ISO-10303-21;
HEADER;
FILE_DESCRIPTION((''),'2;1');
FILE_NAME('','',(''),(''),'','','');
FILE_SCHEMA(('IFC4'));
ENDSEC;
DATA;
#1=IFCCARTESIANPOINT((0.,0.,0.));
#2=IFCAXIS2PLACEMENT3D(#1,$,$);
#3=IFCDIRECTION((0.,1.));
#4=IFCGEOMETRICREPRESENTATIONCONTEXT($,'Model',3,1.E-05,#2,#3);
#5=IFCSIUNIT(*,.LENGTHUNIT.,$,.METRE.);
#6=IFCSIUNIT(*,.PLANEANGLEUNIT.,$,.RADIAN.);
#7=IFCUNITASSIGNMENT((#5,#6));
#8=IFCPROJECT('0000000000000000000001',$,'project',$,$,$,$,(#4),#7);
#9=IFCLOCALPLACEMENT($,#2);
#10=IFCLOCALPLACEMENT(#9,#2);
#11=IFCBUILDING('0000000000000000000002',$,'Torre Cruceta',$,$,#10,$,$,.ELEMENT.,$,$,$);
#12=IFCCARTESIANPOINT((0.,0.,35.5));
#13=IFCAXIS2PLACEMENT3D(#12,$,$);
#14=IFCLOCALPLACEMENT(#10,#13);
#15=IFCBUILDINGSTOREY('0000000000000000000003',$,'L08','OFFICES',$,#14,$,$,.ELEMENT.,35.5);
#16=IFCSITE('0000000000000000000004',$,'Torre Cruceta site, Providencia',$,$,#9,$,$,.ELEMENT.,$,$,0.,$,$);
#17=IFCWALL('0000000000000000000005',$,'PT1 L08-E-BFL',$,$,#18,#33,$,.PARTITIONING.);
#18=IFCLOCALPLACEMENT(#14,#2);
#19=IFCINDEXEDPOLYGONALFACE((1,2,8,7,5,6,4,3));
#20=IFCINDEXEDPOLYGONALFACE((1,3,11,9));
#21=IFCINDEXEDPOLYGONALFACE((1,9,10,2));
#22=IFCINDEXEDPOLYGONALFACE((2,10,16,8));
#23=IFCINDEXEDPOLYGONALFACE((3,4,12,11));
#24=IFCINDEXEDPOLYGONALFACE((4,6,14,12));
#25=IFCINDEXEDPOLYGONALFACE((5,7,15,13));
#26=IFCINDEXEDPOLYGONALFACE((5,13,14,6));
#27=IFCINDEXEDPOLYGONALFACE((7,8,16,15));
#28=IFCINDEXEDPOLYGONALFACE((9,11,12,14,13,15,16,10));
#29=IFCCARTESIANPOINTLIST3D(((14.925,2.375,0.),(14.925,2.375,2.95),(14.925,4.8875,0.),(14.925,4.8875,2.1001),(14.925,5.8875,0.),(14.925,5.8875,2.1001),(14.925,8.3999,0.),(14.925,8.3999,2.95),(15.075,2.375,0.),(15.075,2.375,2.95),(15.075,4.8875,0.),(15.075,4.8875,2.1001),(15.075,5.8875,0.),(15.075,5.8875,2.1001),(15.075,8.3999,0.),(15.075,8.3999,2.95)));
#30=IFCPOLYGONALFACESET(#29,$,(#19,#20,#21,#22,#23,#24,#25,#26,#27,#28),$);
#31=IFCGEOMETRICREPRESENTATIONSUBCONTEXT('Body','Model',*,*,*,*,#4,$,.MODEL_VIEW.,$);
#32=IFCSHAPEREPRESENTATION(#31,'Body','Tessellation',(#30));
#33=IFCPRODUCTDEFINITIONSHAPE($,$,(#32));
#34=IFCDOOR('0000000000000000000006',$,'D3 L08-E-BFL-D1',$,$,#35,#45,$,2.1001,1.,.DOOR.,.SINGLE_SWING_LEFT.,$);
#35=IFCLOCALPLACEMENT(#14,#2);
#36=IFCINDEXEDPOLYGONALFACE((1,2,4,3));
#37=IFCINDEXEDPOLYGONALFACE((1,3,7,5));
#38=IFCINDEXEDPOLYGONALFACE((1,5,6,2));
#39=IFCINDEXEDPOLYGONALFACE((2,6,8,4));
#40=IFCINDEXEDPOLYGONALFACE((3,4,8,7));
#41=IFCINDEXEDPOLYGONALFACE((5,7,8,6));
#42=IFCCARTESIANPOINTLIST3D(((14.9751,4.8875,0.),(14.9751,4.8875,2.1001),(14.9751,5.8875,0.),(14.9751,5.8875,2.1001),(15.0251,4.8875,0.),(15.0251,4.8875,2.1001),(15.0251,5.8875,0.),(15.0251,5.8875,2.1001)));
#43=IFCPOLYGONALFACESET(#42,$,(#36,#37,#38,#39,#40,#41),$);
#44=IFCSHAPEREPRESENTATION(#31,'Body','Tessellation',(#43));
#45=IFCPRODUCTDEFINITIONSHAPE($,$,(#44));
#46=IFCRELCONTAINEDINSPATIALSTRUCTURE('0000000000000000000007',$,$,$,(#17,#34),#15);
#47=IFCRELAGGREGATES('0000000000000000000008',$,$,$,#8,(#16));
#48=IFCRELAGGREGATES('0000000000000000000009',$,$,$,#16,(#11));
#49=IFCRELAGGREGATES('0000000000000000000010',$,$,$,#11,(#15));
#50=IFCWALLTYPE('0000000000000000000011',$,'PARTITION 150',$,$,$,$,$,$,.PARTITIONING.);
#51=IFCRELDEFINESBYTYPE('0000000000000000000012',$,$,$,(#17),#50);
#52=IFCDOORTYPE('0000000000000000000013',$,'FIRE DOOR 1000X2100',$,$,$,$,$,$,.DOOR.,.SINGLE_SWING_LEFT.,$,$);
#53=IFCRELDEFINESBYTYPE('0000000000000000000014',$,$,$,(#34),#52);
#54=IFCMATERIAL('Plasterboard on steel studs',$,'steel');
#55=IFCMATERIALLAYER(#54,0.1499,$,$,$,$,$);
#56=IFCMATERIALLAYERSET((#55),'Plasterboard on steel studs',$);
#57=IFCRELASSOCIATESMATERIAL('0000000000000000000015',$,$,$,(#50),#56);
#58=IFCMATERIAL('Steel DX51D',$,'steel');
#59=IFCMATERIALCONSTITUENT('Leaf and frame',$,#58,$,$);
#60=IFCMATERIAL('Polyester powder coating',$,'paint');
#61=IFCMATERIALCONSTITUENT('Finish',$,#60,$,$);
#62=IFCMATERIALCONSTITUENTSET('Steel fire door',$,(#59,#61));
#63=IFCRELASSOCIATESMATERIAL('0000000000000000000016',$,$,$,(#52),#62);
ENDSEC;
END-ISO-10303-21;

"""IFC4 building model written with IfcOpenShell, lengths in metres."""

from ifc_helpers import new_model, si_unit, direction, frame, frame_2d, origin, place, context, subcontext, project, spatial, rectangle, extrude, material, layer, layer_set, constituent, constituent_set, type_object, element, fill, save


model = new_model("IFC4")

# Units and contexts
model_context = context("Model", 3, precision=1e-05, world=origin(), true_north=direction((0.0, 1.0)))
body_context = subcontext(model_context, "Body", "Model", "MODEL_VIEW")
ifc_project = project(units=[si_unit("LENGTHUNIT", "METRE"), si_unit("PLANEANGLEUNIT", "RADIAN")], contexts=[model_context])

# Site, building, storey
site_placement = place(None, origin())
site = spatial("IfcSite", under=ifc_project, at=site_placement, Name="Torre Cruceta site, Providencia", CompositionType="ELEMENT", RefElevation=0.0)
building_placement = place(site_placement, origin())
building = spatial("IfcBuilding", under=site, at=building_placement, Name="Torre Cruceta", CompositionType="ELEMENT")
storey_placement = place(building_placement, frame((0.0, 0.0, 35.5)))
storey = spatial("IfcBuildingStorey", under=building, at=storey_placement, Name="L08", Description="OFFICES", CompositionType="ELEMENT", Elevation=35.5)

# Wall, opening, door
ifc_material_1 = material(Name="Plasterboard on steel studs", Category="steel")
ifc_layer_1 = layer(ifc_material_1, 0.1499)
ifc_layer_set_1 = layer_set([ifc_layer_1], Name="Plasterboard on steel studs")
wall_type_1 = type_object("IfcWallType", Name="PARTITION 150", PredefinedType="PARTITIONING", material=ifc_layer_set_1)
wall_1_placement = place(storey_placement, frame((15.0, 2.375, 0.0), z_axis=(0.0, 0.0, 1.0), x_axis=(0.0, 1.0, 0.0)))
wall_1 = element("IfcWall", 1, at=wall_1_placement, inside=storey, type_object=wall_type_1, Name="PT1 L08-E-BFL", PredefinedType="PARTITIONING", context=body_context, shape_type="SweptSolid", body=[
    extrude(rectangle(XDim=6.0249, YDim=0.1499, at=frame_2d((3.0125, 0.0))), origin(), (0.0, 0.0, 1.0), 2.95),
])
opening_1_placement = place(wall_1_placement, frame((2.5125, 0.0, 0.0)))
opening_1 = element("IfcOpeningElement", 2, at=opening_1_placement, cuts=wall_1, PredefinedType="OPENING", context=body_context, shape_type="SweptSolid", body=[
    extrude(rectangle(XDim=1.0, YDim=2.1001, at=frame_2d((0.5, 1.05))), frame((0.0, 0.085, 0.0), z_axis=(0.0, -1.0, 0.0), x_axis=(1.0, 0.0, 0.0)), (0.0, 0.0, 1.0), 0.1699),
])
ifc_material_2 = material(Name="Steel DX51D", Category="steel")
ifc_constituent_1 = constituent(ifc_material_2, Name="Leaf and frame")
ifc_material_3 = material(Name="Polyester powder coating", Category="paint")
ifc_constituent_2 = constituent(ifc_material_3, Name="Finish")
ifc_constituent_set_1 = constituent_set(constituents=[ifc_constituent_1, ifc_constituent_2], Name="Steel fire door")
door_type = type_object("IfcDoorType", Name="FIRE DOOR 1000X2100", OperationType="SINGLE_SWING_LEFT", PredefinedType="DOOR", material=ifc_constituent_set_1)
door_placement = place(opening_1_placement, origin())
door = element("IfcDoor", 3, at=door_placement, inside=storey, type_object=door_type, Name="D3 L08-E-BFL-D1", OperationType="SINGLE_SWING_LEFT", OverallHeight=2.1001, OverallWidth=1.0, PredefinedType="DOOR", context=body_context, shape_type="SweptSolid", body=[
    extrude(rectangle(XDim=1.0, YDim=2.1001, at=frame_2d((0.5, 1.05))), frame((0.0, 0.0249, 0.0), z_axis=(0.0, -1.0, 0.0), x_axis=(1.0, 0.0, 0.0)), (0.0, 0.0, 1.0), 0.05),
])
fill(opening_1, door)

save(model, "model.ifc")
